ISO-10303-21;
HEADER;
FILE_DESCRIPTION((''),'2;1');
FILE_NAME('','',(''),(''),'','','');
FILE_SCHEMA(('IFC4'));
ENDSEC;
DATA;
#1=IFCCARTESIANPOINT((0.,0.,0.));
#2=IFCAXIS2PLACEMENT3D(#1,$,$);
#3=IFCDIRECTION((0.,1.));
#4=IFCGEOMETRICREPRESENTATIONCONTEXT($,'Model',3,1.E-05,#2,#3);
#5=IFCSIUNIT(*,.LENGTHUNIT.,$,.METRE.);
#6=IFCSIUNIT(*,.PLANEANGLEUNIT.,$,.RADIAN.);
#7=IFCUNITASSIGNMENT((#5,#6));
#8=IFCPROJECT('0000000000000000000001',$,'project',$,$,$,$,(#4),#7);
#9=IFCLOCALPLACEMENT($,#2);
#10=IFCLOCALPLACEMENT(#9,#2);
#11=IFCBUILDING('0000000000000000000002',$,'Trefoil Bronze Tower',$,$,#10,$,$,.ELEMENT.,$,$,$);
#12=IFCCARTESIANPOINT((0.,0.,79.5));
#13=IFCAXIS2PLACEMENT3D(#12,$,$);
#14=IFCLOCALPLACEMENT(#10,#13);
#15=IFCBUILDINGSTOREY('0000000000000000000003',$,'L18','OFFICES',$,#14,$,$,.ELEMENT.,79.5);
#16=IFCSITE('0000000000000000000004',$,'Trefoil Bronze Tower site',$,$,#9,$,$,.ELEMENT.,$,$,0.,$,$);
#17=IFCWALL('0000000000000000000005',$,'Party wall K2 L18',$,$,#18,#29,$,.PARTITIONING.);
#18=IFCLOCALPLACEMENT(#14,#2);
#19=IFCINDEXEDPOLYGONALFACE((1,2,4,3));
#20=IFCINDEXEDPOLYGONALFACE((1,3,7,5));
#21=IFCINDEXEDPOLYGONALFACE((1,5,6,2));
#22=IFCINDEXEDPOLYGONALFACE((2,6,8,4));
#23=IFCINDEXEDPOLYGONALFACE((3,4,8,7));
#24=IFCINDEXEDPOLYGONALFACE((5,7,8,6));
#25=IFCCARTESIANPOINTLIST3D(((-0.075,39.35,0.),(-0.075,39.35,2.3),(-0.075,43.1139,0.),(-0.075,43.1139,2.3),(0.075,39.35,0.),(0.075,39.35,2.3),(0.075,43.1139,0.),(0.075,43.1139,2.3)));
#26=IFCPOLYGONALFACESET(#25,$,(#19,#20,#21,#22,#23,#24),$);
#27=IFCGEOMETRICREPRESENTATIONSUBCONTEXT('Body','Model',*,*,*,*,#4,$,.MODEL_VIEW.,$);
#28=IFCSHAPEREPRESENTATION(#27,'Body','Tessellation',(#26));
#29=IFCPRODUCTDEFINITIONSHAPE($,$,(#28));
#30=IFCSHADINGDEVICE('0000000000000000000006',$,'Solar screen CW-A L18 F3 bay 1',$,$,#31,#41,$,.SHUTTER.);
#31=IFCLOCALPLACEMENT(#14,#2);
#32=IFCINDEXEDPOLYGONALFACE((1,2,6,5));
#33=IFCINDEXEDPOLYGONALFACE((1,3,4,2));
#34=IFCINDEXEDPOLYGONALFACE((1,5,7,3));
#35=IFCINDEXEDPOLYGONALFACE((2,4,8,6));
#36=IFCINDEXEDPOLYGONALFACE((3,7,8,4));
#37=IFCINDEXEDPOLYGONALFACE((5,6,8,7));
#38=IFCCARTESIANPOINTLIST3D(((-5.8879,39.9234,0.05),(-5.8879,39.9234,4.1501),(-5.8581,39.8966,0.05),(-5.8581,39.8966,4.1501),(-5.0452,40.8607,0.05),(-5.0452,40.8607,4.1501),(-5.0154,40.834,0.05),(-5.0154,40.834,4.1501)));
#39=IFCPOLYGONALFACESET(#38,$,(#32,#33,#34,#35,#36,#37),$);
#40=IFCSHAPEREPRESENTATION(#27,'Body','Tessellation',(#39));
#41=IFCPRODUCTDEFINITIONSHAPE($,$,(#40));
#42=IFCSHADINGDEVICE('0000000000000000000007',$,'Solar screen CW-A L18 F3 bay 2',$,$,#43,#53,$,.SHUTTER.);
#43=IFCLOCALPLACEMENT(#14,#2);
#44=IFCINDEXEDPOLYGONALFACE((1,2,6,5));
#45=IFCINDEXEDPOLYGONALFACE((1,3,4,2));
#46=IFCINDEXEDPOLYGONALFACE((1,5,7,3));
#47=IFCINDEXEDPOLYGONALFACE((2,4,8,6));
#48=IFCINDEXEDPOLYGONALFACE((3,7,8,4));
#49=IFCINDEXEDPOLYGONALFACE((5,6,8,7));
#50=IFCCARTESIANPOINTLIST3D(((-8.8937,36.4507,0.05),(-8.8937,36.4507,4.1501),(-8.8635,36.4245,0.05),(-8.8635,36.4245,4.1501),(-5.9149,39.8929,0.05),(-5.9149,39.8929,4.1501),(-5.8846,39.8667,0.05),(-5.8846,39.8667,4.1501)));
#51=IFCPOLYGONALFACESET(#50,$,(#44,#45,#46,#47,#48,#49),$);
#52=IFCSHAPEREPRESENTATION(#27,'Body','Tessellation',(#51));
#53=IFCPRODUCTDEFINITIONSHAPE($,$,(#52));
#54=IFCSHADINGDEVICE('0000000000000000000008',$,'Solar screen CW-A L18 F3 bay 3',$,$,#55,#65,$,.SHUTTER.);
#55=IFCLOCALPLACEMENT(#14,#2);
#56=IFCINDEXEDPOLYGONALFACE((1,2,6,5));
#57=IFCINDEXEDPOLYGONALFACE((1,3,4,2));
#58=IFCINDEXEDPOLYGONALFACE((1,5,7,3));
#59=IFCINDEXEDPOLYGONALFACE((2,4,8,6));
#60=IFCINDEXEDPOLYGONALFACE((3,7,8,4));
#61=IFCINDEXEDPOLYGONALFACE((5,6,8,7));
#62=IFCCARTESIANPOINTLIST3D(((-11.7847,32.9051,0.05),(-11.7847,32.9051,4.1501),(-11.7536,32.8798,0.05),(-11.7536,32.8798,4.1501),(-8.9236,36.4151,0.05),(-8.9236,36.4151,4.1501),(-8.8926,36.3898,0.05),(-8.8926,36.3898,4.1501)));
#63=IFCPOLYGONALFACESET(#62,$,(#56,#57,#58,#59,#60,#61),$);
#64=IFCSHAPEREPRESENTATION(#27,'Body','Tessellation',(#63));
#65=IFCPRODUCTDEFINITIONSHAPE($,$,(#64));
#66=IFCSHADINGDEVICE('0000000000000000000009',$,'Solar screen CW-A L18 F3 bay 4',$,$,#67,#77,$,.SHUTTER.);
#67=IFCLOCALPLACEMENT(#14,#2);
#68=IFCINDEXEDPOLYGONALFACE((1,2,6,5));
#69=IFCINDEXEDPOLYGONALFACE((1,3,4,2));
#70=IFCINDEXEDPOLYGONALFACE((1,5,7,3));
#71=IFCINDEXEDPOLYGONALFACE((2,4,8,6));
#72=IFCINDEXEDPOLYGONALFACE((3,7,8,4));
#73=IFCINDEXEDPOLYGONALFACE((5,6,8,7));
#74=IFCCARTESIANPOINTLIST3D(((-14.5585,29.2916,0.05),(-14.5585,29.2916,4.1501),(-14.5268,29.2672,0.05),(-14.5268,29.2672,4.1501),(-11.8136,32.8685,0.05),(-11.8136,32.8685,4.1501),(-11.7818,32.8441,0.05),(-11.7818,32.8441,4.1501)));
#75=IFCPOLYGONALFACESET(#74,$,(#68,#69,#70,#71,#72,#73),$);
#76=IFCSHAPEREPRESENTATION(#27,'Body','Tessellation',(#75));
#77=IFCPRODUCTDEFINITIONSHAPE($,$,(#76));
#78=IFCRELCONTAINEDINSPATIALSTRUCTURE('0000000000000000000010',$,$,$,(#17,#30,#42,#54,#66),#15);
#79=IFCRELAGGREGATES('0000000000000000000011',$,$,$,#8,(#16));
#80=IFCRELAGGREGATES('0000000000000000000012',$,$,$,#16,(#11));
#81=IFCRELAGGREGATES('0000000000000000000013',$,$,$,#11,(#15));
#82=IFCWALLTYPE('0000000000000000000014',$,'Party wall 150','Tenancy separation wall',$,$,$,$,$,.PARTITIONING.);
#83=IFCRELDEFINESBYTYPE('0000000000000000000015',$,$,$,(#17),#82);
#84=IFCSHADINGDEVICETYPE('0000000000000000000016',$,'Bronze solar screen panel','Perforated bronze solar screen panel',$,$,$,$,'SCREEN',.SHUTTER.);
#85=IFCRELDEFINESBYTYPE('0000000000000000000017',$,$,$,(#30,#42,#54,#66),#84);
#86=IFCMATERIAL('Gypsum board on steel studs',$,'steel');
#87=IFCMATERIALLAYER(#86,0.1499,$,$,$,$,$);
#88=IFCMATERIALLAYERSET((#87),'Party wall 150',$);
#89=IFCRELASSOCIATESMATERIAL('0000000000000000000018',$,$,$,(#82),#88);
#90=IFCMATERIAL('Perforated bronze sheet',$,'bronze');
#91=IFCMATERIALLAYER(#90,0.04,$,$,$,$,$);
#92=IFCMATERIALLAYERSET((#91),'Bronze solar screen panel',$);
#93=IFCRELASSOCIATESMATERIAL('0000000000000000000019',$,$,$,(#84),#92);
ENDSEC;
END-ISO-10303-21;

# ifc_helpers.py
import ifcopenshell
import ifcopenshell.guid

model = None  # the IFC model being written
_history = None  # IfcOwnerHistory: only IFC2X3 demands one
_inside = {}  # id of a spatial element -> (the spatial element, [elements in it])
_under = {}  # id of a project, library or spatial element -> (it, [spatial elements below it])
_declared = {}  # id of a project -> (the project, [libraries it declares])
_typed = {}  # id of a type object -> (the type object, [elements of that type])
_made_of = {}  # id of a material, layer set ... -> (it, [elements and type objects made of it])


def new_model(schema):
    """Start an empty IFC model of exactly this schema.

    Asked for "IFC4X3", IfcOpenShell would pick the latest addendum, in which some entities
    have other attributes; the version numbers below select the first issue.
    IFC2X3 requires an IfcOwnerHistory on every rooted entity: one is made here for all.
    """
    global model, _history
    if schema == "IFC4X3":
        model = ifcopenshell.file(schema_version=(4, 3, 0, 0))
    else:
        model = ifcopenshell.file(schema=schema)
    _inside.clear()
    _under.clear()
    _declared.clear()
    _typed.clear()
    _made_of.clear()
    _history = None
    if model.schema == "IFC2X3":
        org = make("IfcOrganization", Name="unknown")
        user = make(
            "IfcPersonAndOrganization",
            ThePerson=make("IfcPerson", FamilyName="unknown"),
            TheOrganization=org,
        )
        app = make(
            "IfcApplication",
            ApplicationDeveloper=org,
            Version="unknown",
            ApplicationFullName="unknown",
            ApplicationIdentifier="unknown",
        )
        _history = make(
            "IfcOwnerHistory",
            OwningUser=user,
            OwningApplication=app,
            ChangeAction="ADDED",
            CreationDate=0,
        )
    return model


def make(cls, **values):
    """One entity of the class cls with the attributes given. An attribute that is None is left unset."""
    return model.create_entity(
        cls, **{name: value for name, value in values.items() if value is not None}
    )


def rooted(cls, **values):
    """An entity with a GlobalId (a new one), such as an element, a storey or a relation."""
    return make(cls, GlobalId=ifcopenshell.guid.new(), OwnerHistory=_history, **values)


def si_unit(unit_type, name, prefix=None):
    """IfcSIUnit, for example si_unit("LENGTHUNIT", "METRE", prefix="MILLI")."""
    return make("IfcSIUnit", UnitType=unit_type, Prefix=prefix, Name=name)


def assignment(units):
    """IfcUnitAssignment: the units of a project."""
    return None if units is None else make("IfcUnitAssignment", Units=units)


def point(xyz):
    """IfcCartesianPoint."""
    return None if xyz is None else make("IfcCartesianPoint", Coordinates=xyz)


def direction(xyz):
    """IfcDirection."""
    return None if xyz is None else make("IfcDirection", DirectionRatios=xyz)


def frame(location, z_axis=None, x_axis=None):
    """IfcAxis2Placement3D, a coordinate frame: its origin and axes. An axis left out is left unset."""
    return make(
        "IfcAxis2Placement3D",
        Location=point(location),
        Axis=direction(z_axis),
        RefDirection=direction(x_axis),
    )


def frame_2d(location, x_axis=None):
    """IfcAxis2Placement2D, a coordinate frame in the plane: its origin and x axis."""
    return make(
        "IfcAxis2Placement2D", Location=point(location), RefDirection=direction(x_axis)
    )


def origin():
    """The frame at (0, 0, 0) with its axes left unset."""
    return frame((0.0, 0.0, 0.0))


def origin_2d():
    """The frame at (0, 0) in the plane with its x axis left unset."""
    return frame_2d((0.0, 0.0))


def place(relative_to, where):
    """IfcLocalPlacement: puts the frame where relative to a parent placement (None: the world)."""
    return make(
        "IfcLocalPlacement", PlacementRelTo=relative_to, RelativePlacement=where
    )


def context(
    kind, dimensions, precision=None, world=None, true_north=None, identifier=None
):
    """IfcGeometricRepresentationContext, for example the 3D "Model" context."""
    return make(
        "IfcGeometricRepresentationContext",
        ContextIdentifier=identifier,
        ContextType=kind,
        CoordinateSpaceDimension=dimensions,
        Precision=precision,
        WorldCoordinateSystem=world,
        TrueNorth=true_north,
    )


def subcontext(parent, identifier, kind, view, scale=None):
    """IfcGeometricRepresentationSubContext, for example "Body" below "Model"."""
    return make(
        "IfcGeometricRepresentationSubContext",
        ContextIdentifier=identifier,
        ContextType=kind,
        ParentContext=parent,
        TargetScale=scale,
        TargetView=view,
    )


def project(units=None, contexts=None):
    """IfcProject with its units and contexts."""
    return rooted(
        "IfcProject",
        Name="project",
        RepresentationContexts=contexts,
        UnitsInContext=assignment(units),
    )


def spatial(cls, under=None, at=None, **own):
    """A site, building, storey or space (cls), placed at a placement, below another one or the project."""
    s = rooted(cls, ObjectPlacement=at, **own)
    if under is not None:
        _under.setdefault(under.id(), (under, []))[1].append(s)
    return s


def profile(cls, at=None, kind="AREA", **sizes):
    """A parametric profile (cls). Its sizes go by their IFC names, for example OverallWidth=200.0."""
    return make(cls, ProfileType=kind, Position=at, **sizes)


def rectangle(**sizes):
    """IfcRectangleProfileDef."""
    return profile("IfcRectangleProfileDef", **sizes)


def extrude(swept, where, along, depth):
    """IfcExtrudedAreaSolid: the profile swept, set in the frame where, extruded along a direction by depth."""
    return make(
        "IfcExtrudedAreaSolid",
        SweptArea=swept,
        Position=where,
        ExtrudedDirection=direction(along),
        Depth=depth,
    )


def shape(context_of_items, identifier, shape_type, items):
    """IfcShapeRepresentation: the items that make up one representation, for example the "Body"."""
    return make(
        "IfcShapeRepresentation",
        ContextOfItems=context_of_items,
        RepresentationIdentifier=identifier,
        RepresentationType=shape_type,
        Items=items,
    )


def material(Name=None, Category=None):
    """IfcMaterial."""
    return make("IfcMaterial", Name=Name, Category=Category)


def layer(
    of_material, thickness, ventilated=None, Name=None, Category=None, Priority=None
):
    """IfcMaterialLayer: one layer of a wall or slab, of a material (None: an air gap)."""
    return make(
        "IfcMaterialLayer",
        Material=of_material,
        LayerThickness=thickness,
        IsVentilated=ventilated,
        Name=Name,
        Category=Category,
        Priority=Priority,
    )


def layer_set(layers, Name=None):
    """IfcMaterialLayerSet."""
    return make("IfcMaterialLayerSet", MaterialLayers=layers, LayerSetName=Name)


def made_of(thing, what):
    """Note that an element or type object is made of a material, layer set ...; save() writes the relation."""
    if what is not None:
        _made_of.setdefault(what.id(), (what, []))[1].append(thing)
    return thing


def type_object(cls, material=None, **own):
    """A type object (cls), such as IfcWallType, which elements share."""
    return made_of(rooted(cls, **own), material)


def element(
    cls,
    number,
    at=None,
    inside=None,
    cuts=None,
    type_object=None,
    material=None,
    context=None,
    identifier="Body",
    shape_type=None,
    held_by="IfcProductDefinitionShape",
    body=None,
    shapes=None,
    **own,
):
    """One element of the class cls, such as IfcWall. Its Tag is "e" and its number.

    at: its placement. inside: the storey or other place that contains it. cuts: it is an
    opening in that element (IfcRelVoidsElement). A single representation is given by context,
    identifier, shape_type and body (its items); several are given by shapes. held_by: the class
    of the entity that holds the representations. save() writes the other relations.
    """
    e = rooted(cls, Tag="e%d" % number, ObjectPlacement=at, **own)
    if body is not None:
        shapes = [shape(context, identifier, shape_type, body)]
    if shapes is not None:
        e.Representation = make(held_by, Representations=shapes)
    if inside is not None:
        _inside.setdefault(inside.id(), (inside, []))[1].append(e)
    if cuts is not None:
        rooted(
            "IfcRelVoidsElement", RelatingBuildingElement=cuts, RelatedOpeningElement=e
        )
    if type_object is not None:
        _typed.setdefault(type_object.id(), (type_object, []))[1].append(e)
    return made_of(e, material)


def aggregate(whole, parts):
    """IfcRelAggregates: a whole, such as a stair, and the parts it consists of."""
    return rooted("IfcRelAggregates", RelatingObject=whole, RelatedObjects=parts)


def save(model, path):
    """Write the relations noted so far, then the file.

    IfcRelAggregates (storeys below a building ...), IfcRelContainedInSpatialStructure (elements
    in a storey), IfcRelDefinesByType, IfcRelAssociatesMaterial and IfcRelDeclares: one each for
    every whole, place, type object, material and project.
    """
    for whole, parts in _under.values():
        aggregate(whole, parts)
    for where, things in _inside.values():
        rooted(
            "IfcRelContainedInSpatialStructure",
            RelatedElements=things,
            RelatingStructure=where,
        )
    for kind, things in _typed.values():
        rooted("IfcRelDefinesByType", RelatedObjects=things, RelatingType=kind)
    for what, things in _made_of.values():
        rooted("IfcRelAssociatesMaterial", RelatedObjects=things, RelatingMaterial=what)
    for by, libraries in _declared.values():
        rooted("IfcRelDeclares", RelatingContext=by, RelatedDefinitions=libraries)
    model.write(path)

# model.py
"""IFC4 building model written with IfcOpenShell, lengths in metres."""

from ifc_helpers import new_model, si_unit, direction, frame, frame_2d, origin, origin_2d, place, context, subcontext, project, spatial, rectangle, extrude, material, layer, layer_set, type_object, element, save


model = new_model("IFC4")

# Units and contexts
model_context = context("Model", 3, precision=1e-05, world=origin(), true_north=direction((0.0, 1.0)))
body_context = subcontext(model_context, "Body", "Model", "MODEL_VIEW")
ifc_project = project(units=[si_unit("LENGTHUNIT", "METRE"), si_unit("PLANEANGLEUNIT", "RADIAN")], contexts=[model_context])

# Site, building, storey
site_placement = place(None, origin())
site = spatial("IfcSite", under=ifc_project, at=site_placement, Name="Trefoil Bronze Tower site", CompositionType="ELEMENT", RefElevation=0.0)
building_placement = place(site_placement, origin())
building = spatial("IfcBuilding", under=site, at=building_placement, Name="Trefoil Bronze Tower", CompositionType="ELEMENT")
storey_placement = place(building_placement, frame((0.0, 0.0, 79.5)))
storey = spatial("IfcBuildingStorey", under=building, at=storey_placement, Name="L18", Description="OFFICES", CompositionType="ELEMENT", Elevation=79.5)

# Wall
ifc_material_1 = material(Name="Gypsum board on steel studs", Category="steel")
ifc_layer_1 = layer(ifc_material_1, 0.1499)
ifc_layer_set_1 = layer_set([ifc_layer_1], Name="Party wall 150")
wall_type = type_object("IfcWallType", Name="Party wall 150", Description="Tenancy separation wall", PredefinedType="PARTITIONING", material=ifc_layer_set_1)
wall_placement = place(storey_placement, frame((0.0, 39.3501, 0.0), z_axis=(0.0, 0.0, 1.0), x_axis=(0.0, 1.0, 0.0)))
element("IfcWall", 1, at=wall_placement, inside=storey, type_object=wall_type, Name="Party wall K2 L18", PredefinedType="PARTITIONING", context=body_context, shape_type="SweptSolid", body=[
    extrude(rectangle(XDim=3.7639, YDim=0.1499, at=frame_2d((1.8818, 0.0))), origin(), (0.0, 0.0, 1.0), 2.3),
])

# Shading devices
ifc_material_2 = material(Name="Perforated bronze sheet", Category="bronze")
ifc_layer_2 = layer(ifc_material_2, 0.04)
ifc_layer_set_2 = layer_set([ifc_layer_2], Name="Bronze solar screen panel")
shading_device_type = type_object("IfcShadingDeviceType", Name="Bronze solar screen panel", Description="Perforated bronze solar screen panel", ElementType="SCREEN", PredefinedType="SHUTTER", material=ifc_layer_set_2)
shading_device_1_placement = place(storey_placement, frame((-5.4517, 40.3787, 0.05), z_axis=(0.0, 0.0, 1.0), x_axis=(-0.668575, -0.743645, 0.0)))
element("IfcShadingDevice", 2, at=shading_device_1_placement, inside=storey, type_object=shading_device_type, Name="Solar screen CW-A L18 F3 bay 1", PredefinedType="SHUTTER", context=body_context, shape_type="SweptSolid", body=[
    extrude(rectangle(XDim=1.2605, YDim=0.04, at=origin_2d()), origin(), (0.0, 0.0, 1.0), 4.1001),
])
shading_device_2_placement = place(storey_placement, frame((-7.3892, 38.1587, 0.05), z_axis=(0.0, 0.0, 1.0), x_axis=(-0.654376, -0.756169, 0.0)))
element("IfcShadingDevice", 3, at=shading_device_2_placement, inside=storey, type_object=shading_device_type, Name="Solar screen CW-A L18 F3 bay 2", PredefinedType="SHUTTER", context=body_context, shape_type="SweptSolid", body=[
    extrude(rectangle(XDim=4.5522, YDim=0.04, at=origin_2d()), origin(), (0.0, 0.0, 1.0), 4.1001),
])
shading_device_3_placement = place(storey_placement, frame((-10.3386, 34.6475, 0.05), z_axis=(0.0, 0.0, 1.0), x_axis=(-0.631811, -0.775123, 0.0)))
element("IfcShadingDevice", 4, at=shading_device_3_placement, inside=storey, type_object=shading_device_type, Name="Solar screen CW-A L18 F3 bay 3", PredefinedType="SHUTTER", context=body_context, shape_type="SweptSolid", body=[
    extrude(rectangle(XDim=4.5283, YDim=0.04, at=origin_2d()), origin(), (0.0, 0.0, 1.0), 4.1001),
])
shading_device_4_placement = place(storey_placement, frame((-13.1702, 31.0679, 0.05), z_axis=(0.0, 0.0, 1.0), x_axis=(-0.608808, -0.793318, 0.0)))
element("IfcShadingDevice", 5, at=shading_device_4_placement, inside=storey, type_object=shading_device_type, Name="Solar screen CW-A L18 F3 bay 4", PredefinedType="SHUTTER", context=body_context, shape_type="SweptSolid", body=[
    extrude(rectangle(XDim=4.5088, YDim=0.04, at=origin_2d()), origin(), (0.0, 0.0, 1.0), 4.1001),
])

save(model, "model.ifc")
